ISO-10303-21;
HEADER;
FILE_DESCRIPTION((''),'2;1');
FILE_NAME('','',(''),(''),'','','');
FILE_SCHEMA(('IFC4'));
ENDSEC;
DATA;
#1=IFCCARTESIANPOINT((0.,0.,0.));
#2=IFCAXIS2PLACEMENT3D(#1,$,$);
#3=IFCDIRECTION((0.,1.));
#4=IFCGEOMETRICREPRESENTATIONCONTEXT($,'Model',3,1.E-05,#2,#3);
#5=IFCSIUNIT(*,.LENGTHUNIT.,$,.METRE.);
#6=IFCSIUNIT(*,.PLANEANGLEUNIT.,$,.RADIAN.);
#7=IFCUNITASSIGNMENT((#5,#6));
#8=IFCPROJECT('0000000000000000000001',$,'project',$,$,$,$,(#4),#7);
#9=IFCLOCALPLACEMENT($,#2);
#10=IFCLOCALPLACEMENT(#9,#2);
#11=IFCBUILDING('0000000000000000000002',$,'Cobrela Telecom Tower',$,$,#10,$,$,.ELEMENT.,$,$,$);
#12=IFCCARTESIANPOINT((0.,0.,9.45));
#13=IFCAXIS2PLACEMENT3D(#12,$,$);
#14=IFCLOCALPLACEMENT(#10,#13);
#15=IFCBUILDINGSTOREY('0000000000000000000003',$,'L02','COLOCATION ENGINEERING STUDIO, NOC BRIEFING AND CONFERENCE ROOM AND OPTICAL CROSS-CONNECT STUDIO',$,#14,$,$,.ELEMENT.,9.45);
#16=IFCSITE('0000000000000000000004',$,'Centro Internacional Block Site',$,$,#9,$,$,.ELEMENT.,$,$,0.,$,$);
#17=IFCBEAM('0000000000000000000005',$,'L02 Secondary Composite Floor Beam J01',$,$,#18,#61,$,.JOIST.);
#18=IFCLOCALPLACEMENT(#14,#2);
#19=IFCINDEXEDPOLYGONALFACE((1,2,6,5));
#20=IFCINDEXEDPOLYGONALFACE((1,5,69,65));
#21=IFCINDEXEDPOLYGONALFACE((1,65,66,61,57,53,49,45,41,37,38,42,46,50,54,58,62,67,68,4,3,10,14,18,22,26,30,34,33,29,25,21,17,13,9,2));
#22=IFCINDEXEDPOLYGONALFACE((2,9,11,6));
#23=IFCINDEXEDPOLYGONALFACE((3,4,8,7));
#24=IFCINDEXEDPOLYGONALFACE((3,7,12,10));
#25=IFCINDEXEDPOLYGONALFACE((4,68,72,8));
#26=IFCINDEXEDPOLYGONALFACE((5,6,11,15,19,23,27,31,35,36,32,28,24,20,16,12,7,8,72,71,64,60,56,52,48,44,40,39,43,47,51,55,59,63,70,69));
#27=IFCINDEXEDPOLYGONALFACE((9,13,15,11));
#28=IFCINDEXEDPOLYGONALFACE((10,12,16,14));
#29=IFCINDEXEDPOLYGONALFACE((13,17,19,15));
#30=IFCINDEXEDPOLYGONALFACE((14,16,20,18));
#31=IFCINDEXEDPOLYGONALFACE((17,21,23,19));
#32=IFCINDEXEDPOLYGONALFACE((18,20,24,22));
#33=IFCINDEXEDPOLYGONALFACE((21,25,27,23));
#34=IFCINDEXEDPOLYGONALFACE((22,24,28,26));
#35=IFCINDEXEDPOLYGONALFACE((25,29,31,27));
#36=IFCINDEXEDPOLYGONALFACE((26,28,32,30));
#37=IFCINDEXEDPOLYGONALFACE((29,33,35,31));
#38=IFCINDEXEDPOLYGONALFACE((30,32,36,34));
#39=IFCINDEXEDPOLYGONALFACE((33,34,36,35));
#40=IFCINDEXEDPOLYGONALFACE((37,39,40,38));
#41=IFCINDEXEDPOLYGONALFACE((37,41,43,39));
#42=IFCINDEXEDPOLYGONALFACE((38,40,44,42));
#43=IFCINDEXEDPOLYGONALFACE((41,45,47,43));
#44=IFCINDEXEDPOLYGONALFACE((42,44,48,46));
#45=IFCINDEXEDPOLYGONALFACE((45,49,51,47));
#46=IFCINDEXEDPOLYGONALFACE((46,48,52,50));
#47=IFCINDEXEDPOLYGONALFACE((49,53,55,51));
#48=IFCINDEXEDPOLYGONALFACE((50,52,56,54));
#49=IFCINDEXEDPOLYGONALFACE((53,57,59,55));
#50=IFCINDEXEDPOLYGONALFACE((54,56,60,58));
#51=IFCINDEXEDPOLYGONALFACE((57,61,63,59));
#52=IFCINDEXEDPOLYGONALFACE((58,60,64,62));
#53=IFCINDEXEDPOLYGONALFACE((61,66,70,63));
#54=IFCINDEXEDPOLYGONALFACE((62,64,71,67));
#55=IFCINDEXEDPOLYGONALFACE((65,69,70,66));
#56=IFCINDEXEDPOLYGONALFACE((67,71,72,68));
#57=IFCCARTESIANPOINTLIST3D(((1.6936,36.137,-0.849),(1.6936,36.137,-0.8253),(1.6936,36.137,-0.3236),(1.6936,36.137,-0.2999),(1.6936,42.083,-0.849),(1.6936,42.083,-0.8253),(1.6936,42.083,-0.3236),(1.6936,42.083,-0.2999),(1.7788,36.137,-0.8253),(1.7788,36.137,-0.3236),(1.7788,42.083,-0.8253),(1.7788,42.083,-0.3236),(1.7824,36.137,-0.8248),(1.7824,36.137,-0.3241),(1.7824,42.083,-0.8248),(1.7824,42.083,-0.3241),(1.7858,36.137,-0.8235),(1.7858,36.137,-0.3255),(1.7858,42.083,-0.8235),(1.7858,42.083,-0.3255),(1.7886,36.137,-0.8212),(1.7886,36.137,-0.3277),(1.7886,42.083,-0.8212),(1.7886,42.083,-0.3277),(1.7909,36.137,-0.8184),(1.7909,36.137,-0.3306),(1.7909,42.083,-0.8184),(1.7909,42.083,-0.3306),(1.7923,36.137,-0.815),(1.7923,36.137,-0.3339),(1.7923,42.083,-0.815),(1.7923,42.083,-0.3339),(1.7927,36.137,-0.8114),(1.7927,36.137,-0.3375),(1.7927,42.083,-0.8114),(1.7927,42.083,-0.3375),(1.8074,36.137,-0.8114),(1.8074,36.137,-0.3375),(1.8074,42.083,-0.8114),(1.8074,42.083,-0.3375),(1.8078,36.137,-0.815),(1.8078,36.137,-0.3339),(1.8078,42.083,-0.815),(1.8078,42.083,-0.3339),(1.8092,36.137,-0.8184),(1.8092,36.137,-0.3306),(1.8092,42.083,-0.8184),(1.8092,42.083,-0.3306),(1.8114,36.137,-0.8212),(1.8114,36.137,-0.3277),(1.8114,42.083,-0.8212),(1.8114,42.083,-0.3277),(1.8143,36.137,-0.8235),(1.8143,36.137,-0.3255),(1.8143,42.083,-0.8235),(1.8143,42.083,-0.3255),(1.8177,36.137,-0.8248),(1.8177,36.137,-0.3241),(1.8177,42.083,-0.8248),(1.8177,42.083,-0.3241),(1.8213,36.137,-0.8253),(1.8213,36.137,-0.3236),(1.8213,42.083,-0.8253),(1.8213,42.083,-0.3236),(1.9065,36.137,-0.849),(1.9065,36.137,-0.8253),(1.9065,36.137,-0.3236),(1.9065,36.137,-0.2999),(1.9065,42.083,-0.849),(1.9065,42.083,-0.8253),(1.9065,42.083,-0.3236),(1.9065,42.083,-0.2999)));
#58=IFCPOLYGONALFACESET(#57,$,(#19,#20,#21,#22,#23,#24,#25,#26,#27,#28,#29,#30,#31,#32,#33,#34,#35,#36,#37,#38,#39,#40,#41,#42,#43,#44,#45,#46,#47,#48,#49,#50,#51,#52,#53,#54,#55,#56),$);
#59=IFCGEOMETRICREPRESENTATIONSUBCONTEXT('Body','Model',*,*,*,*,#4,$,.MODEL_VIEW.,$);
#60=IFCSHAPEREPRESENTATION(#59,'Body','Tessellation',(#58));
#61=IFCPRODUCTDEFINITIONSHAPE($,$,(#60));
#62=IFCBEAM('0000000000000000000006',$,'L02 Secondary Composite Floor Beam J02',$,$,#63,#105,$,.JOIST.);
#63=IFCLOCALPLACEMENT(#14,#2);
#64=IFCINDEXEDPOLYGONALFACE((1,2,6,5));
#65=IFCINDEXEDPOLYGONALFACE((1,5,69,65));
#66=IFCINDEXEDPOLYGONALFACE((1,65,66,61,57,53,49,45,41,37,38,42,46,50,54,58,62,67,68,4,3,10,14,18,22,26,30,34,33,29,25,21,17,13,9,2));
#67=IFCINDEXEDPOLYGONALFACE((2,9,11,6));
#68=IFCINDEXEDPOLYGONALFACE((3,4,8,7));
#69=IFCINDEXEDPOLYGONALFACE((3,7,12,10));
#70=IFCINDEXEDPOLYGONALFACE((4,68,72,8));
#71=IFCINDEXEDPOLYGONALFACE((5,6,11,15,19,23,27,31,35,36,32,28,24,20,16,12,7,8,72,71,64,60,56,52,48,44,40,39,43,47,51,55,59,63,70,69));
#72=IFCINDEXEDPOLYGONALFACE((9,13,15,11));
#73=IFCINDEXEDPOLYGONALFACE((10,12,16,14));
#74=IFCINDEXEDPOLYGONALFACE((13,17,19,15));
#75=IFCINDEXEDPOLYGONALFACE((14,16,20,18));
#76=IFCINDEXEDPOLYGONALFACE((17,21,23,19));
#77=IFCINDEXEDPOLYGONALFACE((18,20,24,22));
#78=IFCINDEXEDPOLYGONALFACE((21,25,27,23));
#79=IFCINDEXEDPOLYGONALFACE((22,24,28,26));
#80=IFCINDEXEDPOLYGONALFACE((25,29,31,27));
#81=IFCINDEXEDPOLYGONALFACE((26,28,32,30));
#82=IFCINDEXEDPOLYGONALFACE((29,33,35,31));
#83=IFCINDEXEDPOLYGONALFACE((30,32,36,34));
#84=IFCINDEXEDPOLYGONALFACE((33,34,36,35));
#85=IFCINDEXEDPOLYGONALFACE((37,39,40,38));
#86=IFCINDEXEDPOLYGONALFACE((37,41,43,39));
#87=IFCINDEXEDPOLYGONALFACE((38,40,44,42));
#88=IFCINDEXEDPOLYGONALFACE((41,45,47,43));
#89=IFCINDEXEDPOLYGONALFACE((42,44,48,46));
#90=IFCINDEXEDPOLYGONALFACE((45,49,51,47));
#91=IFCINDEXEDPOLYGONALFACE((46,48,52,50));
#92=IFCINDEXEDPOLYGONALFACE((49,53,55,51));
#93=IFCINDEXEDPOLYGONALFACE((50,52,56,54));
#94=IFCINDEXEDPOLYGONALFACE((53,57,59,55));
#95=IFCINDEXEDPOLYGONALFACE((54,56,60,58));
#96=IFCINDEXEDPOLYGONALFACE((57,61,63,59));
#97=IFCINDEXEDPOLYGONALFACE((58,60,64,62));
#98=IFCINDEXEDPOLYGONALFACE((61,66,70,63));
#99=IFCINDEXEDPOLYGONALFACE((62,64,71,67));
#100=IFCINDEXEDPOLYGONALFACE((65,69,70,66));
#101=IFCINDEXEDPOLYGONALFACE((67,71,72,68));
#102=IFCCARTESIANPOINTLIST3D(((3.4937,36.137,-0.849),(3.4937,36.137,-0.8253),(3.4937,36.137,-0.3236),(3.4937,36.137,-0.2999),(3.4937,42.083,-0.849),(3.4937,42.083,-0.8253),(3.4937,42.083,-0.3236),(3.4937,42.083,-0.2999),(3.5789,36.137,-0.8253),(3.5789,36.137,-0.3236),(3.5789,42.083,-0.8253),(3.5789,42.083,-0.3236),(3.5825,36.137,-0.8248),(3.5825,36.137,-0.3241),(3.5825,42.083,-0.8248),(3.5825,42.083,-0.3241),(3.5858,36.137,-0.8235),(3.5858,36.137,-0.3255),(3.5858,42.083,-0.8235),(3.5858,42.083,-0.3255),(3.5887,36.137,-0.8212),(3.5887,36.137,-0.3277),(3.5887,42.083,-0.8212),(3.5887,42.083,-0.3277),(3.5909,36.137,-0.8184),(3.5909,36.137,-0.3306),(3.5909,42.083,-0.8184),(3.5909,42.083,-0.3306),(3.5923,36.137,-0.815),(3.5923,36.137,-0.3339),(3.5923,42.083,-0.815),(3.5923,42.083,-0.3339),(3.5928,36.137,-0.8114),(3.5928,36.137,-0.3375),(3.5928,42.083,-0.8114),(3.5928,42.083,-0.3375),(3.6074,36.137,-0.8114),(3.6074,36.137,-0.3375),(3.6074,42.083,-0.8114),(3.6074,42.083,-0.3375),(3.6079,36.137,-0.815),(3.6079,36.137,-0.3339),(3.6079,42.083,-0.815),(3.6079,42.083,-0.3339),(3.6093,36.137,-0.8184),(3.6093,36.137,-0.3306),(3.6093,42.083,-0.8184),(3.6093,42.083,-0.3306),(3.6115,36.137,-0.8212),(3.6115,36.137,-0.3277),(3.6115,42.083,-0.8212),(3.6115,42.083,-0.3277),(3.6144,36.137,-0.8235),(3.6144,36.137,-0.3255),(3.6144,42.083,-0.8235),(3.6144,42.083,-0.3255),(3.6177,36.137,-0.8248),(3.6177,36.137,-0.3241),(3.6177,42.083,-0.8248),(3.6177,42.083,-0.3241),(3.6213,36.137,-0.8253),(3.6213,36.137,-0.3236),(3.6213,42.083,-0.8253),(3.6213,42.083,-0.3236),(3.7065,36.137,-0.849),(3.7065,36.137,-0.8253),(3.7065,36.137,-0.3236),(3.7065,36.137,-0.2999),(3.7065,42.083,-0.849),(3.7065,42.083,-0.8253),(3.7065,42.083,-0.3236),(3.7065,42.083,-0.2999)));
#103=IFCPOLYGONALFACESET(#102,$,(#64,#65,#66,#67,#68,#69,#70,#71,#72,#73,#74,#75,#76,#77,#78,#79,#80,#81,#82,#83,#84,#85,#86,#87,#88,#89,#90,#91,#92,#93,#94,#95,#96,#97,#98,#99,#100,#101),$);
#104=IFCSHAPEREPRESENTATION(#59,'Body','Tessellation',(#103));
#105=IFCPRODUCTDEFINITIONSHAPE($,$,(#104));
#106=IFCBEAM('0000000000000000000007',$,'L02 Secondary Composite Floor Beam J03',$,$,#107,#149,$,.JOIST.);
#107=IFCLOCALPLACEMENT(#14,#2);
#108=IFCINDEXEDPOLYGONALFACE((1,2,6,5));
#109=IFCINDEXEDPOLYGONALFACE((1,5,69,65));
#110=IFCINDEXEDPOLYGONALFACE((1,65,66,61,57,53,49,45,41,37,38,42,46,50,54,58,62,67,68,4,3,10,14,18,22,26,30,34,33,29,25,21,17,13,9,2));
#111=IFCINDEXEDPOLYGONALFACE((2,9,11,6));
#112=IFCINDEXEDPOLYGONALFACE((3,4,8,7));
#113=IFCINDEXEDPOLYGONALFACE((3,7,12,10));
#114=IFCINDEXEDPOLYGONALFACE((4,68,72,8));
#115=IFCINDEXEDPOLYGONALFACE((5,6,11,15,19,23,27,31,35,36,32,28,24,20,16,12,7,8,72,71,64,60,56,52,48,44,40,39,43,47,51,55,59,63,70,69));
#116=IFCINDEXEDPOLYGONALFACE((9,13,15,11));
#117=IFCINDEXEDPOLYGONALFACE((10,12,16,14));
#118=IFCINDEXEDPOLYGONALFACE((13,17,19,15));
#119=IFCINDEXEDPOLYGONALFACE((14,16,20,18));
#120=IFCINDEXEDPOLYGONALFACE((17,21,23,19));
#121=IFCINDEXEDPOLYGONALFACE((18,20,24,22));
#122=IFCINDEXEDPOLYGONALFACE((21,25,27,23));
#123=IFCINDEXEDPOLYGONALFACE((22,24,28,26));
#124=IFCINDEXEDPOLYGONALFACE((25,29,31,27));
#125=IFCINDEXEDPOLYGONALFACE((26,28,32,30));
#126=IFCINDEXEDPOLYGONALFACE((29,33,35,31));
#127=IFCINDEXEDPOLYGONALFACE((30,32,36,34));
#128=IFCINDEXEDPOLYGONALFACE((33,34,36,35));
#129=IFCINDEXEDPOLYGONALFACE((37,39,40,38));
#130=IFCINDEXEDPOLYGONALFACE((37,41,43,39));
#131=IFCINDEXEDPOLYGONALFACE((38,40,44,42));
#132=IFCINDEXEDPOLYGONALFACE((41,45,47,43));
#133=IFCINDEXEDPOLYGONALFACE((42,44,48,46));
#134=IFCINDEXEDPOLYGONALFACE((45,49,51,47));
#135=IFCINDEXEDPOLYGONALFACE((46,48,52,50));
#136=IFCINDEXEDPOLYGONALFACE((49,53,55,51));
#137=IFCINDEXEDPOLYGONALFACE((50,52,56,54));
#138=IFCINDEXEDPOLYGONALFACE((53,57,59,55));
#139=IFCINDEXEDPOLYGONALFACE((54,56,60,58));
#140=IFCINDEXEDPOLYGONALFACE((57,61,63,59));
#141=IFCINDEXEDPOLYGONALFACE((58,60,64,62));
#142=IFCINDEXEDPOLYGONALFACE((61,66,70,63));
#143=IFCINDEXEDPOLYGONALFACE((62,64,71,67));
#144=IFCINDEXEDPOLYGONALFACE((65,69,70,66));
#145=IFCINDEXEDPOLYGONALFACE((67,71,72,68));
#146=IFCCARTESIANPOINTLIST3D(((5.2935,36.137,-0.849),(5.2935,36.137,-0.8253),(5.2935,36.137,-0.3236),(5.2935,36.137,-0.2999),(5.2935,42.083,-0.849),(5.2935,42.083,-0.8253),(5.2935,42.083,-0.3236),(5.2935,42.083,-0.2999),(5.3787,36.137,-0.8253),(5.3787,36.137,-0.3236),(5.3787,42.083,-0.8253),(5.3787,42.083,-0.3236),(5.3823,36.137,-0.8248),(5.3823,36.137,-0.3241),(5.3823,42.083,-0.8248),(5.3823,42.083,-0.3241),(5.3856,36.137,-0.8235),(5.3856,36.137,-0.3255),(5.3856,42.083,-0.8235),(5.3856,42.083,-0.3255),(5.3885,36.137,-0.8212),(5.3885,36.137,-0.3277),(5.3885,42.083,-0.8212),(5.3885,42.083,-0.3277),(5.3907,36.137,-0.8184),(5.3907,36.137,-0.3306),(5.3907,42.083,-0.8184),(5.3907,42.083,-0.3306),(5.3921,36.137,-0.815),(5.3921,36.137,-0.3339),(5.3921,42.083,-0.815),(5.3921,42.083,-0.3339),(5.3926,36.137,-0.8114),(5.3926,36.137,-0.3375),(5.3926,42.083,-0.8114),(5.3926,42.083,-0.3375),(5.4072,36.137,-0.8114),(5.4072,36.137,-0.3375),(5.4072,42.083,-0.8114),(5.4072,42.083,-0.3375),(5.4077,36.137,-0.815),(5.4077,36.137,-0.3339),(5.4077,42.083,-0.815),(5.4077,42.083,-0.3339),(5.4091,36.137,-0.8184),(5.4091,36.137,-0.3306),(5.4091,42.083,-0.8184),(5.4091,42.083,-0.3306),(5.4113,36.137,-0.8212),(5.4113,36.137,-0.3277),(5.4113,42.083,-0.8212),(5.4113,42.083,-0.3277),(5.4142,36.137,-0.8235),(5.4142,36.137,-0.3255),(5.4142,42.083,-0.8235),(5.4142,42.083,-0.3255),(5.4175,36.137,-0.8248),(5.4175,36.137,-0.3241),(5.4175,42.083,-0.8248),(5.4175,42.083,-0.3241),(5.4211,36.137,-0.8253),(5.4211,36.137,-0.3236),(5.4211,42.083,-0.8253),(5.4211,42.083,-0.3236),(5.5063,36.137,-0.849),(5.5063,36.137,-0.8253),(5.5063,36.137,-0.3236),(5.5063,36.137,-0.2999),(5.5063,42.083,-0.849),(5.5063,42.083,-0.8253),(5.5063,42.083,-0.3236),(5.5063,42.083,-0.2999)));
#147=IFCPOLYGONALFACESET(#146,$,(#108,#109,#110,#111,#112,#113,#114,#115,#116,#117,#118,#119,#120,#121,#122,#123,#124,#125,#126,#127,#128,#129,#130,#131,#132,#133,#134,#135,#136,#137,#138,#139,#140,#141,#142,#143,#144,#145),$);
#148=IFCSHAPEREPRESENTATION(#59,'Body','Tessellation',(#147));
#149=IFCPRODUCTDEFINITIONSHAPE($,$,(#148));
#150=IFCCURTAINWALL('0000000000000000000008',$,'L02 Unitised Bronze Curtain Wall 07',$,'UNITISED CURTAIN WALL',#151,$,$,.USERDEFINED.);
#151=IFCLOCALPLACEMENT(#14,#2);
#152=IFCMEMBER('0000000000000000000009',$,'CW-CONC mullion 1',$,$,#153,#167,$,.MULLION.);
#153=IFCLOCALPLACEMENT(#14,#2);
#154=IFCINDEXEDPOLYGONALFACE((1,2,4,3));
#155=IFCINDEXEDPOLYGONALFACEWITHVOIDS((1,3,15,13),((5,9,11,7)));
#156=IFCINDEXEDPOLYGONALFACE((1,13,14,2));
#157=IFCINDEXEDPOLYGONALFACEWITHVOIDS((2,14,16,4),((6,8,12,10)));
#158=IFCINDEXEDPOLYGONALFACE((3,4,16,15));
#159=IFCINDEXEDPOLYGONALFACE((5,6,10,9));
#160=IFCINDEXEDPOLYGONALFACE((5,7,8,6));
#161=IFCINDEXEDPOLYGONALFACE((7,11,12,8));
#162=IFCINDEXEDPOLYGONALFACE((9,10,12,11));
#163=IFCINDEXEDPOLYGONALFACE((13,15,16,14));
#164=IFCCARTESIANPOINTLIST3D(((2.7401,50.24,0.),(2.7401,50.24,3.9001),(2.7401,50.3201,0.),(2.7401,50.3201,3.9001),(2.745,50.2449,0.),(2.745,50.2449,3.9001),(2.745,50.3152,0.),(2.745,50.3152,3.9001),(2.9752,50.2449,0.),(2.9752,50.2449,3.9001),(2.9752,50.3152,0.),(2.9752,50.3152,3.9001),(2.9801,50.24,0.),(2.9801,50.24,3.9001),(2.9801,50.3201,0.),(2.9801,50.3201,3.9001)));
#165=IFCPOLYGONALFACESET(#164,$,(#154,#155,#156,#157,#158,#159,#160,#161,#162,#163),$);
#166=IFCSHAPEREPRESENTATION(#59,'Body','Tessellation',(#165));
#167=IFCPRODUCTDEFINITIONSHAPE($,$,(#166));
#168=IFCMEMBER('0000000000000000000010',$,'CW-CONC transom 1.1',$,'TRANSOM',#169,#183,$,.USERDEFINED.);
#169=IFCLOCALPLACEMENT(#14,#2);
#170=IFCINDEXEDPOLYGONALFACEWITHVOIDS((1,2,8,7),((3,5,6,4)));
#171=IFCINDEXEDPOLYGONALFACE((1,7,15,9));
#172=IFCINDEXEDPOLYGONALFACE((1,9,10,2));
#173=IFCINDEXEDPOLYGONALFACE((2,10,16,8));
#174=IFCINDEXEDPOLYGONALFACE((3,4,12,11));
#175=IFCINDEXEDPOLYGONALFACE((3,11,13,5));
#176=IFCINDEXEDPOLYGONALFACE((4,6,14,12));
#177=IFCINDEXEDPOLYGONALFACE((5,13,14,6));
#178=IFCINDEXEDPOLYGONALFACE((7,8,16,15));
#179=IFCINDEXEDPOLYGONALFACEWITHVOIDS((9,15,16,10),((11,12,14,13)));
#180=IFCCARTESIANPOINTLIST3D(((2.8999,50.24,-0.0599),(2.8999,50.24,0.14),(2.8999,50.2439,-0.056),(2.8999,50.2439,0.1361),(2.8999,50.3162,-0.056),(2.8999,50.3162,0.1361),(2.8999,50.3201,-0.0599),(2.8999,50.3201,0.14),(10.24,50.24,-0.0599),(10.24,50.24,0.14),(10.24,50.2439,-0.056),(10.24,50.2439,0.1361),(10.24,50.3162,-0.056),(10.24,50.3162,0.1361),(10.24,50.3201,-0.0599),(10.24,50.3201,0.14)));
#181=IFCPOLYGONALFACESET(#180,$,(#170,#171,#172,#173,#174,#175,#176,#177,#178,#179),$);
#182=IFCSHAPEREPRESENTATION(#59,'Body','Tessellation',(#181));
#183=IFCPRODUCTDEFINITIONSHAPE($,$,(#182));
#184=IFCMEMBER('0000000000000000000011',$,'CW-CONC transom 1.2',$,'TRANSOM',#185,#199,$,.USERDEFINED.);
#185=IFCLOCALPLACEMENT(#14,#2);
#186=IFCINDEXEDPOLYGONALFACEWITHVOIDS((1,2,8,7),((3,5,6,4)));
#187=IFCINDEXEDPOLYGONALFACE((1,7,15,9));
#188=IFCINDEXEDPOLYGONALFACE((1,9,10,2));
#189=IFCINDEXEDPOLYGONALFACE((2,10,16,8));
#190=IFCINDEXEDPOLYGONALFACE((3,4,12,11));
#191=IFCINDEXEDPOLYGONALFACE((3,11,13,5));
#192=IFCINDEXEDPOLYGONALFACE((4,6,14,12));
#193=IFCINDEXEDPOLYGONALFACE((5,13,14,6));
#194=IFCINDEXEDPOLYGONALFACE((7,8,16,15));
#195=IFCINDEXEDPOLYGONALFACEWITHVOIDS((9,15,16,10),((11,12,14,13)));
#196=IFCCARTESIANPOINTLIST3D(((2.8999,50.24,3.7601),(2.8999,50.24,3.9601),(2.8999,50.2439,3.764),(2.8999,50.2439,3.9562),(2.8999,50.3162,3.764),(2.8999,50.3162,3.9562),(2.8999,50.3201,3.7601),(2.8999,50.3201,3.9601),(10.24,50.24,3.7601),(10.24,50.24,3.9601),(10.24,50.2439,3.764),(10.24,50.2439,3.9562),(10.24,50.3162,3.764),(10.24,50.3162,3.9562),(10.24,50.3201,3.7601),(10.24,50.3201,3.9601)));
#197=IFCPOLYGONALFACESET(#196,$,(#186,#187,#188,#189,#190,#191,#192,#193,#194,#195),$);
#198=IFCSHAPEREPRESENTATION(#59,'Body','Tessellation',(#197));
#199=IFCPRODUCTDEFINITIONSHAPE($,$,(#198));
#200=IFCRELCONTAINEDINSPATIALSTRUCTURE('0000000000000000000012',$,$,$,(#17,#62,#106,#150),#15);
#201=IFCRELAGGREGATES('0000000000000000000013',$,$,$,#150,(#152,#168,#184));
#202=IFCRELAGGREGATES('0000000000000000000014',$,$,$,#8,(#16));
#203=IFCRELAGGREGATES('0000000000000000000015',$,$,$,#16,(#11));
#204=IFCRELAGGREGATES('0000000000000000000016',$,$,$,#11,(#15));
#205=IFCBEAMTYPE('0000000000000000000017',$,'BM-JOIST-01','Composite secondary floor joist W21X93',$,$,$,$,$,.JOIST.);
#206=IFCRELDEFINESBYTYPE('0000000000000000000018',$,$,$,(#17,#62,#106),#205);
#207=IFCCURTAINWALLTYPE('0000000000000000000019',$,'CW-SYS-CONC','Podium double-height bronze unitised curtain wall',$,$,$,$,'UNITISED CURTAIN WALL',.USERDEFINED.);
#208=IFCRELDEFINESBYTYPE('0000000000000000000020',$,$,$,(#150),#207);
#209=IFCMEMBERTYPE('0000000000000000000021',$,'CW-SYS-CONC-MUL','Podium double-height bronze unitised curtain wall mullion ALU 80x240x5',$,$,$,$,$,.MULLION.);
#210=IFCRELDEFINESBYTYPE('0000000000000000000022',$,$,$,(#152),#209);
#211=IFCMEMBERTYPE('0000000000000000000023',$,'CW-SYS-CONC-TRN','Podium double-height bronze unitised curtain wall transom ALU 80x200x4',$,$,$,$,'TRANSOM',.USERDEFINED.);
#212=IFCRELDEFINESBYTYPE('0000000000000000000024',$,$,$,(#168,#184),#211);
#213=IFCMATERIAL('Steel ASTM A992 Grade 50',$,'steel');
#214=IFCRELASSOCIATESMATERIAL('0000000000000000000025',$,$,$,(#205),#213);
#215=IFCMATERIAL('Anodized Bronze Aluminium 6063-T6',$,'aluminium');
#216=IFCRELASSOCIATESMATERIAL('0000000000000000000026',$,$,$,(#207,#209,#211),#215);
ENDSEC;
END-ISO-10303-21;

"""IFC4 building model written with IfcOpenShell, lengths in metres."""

from ifc_helpers import new_model, si_unit, direction, frame, origin, origin_2d, place, context, subcontext, project, spatial, hollow_rectangle, i_section, extrude, material, material_profile, profile_set, type_object, element, aggregate, save


model = new_model("IFC4")

# Units and contexts
model_context = context("Model", 3, precision=1e-05, world=origin(), true_north=direction((0.0, 1.0)))
body_context = subcontext(model_context, "Body", "Model", "MODEL_VIEW")
ifc_project = project(units=[si_unit("LENGTHUNIT", "METRE"), si_unit("PLANEANGLEUNIT", "RADIAN")], contexts=[model_context])

# Site, building, storey
site_placement = place(None, origin())
site = spatial("IfcSite", under=ifc_project, at=site_placement, Name="Centro Internacional Block Site", CompositionType="ELEMENT", RefElevation=0.0)
building_placement = place(site_placement, origin())
building = spatial("IfcBuilding", under=site, at=building_placement, Name="Cobrela Telecom Tower", CompositionType="ELEMENT")
storey_placement = place(building_placement, frame((0.0, 0.0, 9.45)))
storey = spatial("IfcBuildingStorey", under=building, at=storey_placement, Name="L02", Description="COLOCATION ENGINEERING STUDIO, NOC BRIEFING AND CONFERENCE ROOM AND OPTICAL CROSS-CONNECT STUDIO", CompositionType="ELEMENT", Elevation=9.45)

# Beams
ifc_material_1 = material(Name="Steel ASTM A992 Grade 50", Category="steel")
ifc_material_profile_1 = material_profile(ifc_material_1, i_section(OverallWidth=0.2129, OverallDepth=0.5491, WebThickness=0.0146, FlangeThickness=0.0237, FilletRadius=0.0139, at=origin_2d()), Name="W21X93")
ifc_profile_set_1 = profile_set([ifc_material_profile_1], Name="Steel ASTM A992 Grade 50")
beam_type_1 = type_object("IfcBeamType", Name="BM-JOIST-01", Description="Composite secondary floor joist W21X93", PredefinedType="JOIST", material=ifc_profile_set_1)
for number, where, z_axis, x_axis, name in (
    (1, (1.8, 36.137, -0.5745), (0.0, 1.0, 0.0), (-1.0, 0.0, 0.0), "L02 Secondary Composite Floor Beam J01"),
    (2, (3.6001, 36.137, -0.5745), (0.0, 1.0, 0.0), (-1.0, 0.0, 0.0), "L02 Secondary Composite Floor Beam J02"),
    (3, (5.3999, 36.137, -0.5745), (0.0, 1.0, 0.0), (-1.0, 0.0, 0.0), "L02 Secondary Composite Floor Beam J03"),
):
    element("IfcBeam", number, at=place(storey_placement, frame(where, z_axis=z_axis, x_axis=x_axis)), inside=storey, type_object=beam_type_1, Name=name, PredefinedType="JOIST", context=body_context, shape_type="SweptSolid", body=[
        extrude(i_section(OverallWidth=0.2129, OverallDepth=0.5491, WebThickness=0.0146, FlangeThickness=0.0237, FilletRadius=0.0139, at=origin_2d()), origin(), (0.0, 0.0, 1.0), 5.946),
    ])

# Curtain wall, members
ifc_material_2 = material(Name="Anodized Bronze Aluminium 6063-T6", Category="aluminium")
curtain_wall_type = type_object("IfcCurtainWallType", Name="CW-SYS-CONC", Description="Podium double-height bronze unitised curtain wall", ElementType="UNITISED CURTAIN WALL", PredefinedType="USERDEFINED", material=ifc_material_2)
curtain_wall_placement = place(storey_placement, origin())
curtain_wall = element("IfcCurtainWall", 4, at=curtain_wall_placement, inside=storey, type_object=curtain_wall_type, Name="L02 Unitised Bronze Curtain Wall 07", ObjectType="UNITISED CURTAIN WALL", PredefinedType="USERDEFINED")
ifc_material_profile_2 = material_profile(ifc_material_2, hollow_rectangle(XDim=0.0801, YDim=0.24, WallThickness=0.0049, at=origin_2d()), Name="ALU 80x240x5")
ifc_profile_set_2 = profile_set([ifc_material_profile_2], Name="Anodized Bronze Aluminium 6063-T6")
member_type_1 = type_object("IfcMemberType", Name="CW-SYS-CONC-MUL", Description="Podium double-height bronze unitised curtain wall mullion ALU 80x240x5", PredefinedType="MULLION", material=ifc_profile_set_2)
member_1_placement = place(storey_placement, frame((2.8601, 50.28, 0.0), z_axis=(0.0, 0.0, 1.0), x_axis=(0.0, 1.0, 0.0)))
member_1 = element("IfcMember", 5, at=member_1_placement, type_object=member_type_1, Name="CW-CONC mullion 1", PredefinedType="MULLION", context=body_context, shape_type="SweptSolid", body=[
    extrude(hollow_rectangle(XDim=0.0801, YDim=0.24, WallThickness=0.0049, at=origin_2d()), origin(), (0.0, 0.0, 1.0), 3.9001),
])
ifc_material_profile_3 = material_profile(ifc_material_2, hollow_rectangle(XDim=0.0801, YDim=0.2, WallThickness=0.0039, at=origin_2d()), Name="ALU 80x200x4")
ifc_profile_set_3 = profile_set([ifc_material_profile_3], Name="Anodized Bronze Aluminium 6063-T6")
member_type_2 = type_object("IfcMemberType", Name="CW-SYS-CONC-TRN", Description="Podium double-height bronze unitised curtain wall transom ALU 80x200x4", ElementType="TRANSOM", PredefinedType="USERDEFINED", material=ifc_profile_set_3)
member_2_placement = place(storey_placement, frame((2.8999, 50.28, 0.04), z_axis=(1.0, 0.0, 0.0), x_axis=(0.0, 1.0, 0.0)))
member_2 = element("IfcMember", 6, at=member_2_placement, type_object=member_type_2, Name="CW-CONC transom 1.1", ObjectType="TRANSOM", PredefinedType="USERDEFINED", context=body_context, shape_type="SweptSolid", body=[
    extrude(hollow_rectangle(XDim=0.0801, YDim=0.2, WallThickness=0.0039, at=origin_2d()), origin(), (0.0, 0.0, 1.0), 7.3401),
])
member_3_placement = place(storey_placement, frame((2.8999, 50.28, 3.8601), z_axis=(1.0, 0.0, 0.0), x_axis=(0.0, 1.0, 0.0)))
member_3 = element("IfcMember", 7, at=member_3_placement, type_object=member_type_2, Name="CW-CONC transom 1.2", ObjectType="TRANSOM", PredefinedType="USERDEFINED", context=body_context, shape_type="SweptSolid", body=[
    extrude(hollow_rectangle(XDim=0.0801, YDim=0.2, WallThickness=0.0039, at=origin_2d()), origin(), (0.0, 0.0, 1.0), 7.3401),
])
aggregate(curtain_wall, [member_1, member_2, member_3])

save(model, "model.ifc")
